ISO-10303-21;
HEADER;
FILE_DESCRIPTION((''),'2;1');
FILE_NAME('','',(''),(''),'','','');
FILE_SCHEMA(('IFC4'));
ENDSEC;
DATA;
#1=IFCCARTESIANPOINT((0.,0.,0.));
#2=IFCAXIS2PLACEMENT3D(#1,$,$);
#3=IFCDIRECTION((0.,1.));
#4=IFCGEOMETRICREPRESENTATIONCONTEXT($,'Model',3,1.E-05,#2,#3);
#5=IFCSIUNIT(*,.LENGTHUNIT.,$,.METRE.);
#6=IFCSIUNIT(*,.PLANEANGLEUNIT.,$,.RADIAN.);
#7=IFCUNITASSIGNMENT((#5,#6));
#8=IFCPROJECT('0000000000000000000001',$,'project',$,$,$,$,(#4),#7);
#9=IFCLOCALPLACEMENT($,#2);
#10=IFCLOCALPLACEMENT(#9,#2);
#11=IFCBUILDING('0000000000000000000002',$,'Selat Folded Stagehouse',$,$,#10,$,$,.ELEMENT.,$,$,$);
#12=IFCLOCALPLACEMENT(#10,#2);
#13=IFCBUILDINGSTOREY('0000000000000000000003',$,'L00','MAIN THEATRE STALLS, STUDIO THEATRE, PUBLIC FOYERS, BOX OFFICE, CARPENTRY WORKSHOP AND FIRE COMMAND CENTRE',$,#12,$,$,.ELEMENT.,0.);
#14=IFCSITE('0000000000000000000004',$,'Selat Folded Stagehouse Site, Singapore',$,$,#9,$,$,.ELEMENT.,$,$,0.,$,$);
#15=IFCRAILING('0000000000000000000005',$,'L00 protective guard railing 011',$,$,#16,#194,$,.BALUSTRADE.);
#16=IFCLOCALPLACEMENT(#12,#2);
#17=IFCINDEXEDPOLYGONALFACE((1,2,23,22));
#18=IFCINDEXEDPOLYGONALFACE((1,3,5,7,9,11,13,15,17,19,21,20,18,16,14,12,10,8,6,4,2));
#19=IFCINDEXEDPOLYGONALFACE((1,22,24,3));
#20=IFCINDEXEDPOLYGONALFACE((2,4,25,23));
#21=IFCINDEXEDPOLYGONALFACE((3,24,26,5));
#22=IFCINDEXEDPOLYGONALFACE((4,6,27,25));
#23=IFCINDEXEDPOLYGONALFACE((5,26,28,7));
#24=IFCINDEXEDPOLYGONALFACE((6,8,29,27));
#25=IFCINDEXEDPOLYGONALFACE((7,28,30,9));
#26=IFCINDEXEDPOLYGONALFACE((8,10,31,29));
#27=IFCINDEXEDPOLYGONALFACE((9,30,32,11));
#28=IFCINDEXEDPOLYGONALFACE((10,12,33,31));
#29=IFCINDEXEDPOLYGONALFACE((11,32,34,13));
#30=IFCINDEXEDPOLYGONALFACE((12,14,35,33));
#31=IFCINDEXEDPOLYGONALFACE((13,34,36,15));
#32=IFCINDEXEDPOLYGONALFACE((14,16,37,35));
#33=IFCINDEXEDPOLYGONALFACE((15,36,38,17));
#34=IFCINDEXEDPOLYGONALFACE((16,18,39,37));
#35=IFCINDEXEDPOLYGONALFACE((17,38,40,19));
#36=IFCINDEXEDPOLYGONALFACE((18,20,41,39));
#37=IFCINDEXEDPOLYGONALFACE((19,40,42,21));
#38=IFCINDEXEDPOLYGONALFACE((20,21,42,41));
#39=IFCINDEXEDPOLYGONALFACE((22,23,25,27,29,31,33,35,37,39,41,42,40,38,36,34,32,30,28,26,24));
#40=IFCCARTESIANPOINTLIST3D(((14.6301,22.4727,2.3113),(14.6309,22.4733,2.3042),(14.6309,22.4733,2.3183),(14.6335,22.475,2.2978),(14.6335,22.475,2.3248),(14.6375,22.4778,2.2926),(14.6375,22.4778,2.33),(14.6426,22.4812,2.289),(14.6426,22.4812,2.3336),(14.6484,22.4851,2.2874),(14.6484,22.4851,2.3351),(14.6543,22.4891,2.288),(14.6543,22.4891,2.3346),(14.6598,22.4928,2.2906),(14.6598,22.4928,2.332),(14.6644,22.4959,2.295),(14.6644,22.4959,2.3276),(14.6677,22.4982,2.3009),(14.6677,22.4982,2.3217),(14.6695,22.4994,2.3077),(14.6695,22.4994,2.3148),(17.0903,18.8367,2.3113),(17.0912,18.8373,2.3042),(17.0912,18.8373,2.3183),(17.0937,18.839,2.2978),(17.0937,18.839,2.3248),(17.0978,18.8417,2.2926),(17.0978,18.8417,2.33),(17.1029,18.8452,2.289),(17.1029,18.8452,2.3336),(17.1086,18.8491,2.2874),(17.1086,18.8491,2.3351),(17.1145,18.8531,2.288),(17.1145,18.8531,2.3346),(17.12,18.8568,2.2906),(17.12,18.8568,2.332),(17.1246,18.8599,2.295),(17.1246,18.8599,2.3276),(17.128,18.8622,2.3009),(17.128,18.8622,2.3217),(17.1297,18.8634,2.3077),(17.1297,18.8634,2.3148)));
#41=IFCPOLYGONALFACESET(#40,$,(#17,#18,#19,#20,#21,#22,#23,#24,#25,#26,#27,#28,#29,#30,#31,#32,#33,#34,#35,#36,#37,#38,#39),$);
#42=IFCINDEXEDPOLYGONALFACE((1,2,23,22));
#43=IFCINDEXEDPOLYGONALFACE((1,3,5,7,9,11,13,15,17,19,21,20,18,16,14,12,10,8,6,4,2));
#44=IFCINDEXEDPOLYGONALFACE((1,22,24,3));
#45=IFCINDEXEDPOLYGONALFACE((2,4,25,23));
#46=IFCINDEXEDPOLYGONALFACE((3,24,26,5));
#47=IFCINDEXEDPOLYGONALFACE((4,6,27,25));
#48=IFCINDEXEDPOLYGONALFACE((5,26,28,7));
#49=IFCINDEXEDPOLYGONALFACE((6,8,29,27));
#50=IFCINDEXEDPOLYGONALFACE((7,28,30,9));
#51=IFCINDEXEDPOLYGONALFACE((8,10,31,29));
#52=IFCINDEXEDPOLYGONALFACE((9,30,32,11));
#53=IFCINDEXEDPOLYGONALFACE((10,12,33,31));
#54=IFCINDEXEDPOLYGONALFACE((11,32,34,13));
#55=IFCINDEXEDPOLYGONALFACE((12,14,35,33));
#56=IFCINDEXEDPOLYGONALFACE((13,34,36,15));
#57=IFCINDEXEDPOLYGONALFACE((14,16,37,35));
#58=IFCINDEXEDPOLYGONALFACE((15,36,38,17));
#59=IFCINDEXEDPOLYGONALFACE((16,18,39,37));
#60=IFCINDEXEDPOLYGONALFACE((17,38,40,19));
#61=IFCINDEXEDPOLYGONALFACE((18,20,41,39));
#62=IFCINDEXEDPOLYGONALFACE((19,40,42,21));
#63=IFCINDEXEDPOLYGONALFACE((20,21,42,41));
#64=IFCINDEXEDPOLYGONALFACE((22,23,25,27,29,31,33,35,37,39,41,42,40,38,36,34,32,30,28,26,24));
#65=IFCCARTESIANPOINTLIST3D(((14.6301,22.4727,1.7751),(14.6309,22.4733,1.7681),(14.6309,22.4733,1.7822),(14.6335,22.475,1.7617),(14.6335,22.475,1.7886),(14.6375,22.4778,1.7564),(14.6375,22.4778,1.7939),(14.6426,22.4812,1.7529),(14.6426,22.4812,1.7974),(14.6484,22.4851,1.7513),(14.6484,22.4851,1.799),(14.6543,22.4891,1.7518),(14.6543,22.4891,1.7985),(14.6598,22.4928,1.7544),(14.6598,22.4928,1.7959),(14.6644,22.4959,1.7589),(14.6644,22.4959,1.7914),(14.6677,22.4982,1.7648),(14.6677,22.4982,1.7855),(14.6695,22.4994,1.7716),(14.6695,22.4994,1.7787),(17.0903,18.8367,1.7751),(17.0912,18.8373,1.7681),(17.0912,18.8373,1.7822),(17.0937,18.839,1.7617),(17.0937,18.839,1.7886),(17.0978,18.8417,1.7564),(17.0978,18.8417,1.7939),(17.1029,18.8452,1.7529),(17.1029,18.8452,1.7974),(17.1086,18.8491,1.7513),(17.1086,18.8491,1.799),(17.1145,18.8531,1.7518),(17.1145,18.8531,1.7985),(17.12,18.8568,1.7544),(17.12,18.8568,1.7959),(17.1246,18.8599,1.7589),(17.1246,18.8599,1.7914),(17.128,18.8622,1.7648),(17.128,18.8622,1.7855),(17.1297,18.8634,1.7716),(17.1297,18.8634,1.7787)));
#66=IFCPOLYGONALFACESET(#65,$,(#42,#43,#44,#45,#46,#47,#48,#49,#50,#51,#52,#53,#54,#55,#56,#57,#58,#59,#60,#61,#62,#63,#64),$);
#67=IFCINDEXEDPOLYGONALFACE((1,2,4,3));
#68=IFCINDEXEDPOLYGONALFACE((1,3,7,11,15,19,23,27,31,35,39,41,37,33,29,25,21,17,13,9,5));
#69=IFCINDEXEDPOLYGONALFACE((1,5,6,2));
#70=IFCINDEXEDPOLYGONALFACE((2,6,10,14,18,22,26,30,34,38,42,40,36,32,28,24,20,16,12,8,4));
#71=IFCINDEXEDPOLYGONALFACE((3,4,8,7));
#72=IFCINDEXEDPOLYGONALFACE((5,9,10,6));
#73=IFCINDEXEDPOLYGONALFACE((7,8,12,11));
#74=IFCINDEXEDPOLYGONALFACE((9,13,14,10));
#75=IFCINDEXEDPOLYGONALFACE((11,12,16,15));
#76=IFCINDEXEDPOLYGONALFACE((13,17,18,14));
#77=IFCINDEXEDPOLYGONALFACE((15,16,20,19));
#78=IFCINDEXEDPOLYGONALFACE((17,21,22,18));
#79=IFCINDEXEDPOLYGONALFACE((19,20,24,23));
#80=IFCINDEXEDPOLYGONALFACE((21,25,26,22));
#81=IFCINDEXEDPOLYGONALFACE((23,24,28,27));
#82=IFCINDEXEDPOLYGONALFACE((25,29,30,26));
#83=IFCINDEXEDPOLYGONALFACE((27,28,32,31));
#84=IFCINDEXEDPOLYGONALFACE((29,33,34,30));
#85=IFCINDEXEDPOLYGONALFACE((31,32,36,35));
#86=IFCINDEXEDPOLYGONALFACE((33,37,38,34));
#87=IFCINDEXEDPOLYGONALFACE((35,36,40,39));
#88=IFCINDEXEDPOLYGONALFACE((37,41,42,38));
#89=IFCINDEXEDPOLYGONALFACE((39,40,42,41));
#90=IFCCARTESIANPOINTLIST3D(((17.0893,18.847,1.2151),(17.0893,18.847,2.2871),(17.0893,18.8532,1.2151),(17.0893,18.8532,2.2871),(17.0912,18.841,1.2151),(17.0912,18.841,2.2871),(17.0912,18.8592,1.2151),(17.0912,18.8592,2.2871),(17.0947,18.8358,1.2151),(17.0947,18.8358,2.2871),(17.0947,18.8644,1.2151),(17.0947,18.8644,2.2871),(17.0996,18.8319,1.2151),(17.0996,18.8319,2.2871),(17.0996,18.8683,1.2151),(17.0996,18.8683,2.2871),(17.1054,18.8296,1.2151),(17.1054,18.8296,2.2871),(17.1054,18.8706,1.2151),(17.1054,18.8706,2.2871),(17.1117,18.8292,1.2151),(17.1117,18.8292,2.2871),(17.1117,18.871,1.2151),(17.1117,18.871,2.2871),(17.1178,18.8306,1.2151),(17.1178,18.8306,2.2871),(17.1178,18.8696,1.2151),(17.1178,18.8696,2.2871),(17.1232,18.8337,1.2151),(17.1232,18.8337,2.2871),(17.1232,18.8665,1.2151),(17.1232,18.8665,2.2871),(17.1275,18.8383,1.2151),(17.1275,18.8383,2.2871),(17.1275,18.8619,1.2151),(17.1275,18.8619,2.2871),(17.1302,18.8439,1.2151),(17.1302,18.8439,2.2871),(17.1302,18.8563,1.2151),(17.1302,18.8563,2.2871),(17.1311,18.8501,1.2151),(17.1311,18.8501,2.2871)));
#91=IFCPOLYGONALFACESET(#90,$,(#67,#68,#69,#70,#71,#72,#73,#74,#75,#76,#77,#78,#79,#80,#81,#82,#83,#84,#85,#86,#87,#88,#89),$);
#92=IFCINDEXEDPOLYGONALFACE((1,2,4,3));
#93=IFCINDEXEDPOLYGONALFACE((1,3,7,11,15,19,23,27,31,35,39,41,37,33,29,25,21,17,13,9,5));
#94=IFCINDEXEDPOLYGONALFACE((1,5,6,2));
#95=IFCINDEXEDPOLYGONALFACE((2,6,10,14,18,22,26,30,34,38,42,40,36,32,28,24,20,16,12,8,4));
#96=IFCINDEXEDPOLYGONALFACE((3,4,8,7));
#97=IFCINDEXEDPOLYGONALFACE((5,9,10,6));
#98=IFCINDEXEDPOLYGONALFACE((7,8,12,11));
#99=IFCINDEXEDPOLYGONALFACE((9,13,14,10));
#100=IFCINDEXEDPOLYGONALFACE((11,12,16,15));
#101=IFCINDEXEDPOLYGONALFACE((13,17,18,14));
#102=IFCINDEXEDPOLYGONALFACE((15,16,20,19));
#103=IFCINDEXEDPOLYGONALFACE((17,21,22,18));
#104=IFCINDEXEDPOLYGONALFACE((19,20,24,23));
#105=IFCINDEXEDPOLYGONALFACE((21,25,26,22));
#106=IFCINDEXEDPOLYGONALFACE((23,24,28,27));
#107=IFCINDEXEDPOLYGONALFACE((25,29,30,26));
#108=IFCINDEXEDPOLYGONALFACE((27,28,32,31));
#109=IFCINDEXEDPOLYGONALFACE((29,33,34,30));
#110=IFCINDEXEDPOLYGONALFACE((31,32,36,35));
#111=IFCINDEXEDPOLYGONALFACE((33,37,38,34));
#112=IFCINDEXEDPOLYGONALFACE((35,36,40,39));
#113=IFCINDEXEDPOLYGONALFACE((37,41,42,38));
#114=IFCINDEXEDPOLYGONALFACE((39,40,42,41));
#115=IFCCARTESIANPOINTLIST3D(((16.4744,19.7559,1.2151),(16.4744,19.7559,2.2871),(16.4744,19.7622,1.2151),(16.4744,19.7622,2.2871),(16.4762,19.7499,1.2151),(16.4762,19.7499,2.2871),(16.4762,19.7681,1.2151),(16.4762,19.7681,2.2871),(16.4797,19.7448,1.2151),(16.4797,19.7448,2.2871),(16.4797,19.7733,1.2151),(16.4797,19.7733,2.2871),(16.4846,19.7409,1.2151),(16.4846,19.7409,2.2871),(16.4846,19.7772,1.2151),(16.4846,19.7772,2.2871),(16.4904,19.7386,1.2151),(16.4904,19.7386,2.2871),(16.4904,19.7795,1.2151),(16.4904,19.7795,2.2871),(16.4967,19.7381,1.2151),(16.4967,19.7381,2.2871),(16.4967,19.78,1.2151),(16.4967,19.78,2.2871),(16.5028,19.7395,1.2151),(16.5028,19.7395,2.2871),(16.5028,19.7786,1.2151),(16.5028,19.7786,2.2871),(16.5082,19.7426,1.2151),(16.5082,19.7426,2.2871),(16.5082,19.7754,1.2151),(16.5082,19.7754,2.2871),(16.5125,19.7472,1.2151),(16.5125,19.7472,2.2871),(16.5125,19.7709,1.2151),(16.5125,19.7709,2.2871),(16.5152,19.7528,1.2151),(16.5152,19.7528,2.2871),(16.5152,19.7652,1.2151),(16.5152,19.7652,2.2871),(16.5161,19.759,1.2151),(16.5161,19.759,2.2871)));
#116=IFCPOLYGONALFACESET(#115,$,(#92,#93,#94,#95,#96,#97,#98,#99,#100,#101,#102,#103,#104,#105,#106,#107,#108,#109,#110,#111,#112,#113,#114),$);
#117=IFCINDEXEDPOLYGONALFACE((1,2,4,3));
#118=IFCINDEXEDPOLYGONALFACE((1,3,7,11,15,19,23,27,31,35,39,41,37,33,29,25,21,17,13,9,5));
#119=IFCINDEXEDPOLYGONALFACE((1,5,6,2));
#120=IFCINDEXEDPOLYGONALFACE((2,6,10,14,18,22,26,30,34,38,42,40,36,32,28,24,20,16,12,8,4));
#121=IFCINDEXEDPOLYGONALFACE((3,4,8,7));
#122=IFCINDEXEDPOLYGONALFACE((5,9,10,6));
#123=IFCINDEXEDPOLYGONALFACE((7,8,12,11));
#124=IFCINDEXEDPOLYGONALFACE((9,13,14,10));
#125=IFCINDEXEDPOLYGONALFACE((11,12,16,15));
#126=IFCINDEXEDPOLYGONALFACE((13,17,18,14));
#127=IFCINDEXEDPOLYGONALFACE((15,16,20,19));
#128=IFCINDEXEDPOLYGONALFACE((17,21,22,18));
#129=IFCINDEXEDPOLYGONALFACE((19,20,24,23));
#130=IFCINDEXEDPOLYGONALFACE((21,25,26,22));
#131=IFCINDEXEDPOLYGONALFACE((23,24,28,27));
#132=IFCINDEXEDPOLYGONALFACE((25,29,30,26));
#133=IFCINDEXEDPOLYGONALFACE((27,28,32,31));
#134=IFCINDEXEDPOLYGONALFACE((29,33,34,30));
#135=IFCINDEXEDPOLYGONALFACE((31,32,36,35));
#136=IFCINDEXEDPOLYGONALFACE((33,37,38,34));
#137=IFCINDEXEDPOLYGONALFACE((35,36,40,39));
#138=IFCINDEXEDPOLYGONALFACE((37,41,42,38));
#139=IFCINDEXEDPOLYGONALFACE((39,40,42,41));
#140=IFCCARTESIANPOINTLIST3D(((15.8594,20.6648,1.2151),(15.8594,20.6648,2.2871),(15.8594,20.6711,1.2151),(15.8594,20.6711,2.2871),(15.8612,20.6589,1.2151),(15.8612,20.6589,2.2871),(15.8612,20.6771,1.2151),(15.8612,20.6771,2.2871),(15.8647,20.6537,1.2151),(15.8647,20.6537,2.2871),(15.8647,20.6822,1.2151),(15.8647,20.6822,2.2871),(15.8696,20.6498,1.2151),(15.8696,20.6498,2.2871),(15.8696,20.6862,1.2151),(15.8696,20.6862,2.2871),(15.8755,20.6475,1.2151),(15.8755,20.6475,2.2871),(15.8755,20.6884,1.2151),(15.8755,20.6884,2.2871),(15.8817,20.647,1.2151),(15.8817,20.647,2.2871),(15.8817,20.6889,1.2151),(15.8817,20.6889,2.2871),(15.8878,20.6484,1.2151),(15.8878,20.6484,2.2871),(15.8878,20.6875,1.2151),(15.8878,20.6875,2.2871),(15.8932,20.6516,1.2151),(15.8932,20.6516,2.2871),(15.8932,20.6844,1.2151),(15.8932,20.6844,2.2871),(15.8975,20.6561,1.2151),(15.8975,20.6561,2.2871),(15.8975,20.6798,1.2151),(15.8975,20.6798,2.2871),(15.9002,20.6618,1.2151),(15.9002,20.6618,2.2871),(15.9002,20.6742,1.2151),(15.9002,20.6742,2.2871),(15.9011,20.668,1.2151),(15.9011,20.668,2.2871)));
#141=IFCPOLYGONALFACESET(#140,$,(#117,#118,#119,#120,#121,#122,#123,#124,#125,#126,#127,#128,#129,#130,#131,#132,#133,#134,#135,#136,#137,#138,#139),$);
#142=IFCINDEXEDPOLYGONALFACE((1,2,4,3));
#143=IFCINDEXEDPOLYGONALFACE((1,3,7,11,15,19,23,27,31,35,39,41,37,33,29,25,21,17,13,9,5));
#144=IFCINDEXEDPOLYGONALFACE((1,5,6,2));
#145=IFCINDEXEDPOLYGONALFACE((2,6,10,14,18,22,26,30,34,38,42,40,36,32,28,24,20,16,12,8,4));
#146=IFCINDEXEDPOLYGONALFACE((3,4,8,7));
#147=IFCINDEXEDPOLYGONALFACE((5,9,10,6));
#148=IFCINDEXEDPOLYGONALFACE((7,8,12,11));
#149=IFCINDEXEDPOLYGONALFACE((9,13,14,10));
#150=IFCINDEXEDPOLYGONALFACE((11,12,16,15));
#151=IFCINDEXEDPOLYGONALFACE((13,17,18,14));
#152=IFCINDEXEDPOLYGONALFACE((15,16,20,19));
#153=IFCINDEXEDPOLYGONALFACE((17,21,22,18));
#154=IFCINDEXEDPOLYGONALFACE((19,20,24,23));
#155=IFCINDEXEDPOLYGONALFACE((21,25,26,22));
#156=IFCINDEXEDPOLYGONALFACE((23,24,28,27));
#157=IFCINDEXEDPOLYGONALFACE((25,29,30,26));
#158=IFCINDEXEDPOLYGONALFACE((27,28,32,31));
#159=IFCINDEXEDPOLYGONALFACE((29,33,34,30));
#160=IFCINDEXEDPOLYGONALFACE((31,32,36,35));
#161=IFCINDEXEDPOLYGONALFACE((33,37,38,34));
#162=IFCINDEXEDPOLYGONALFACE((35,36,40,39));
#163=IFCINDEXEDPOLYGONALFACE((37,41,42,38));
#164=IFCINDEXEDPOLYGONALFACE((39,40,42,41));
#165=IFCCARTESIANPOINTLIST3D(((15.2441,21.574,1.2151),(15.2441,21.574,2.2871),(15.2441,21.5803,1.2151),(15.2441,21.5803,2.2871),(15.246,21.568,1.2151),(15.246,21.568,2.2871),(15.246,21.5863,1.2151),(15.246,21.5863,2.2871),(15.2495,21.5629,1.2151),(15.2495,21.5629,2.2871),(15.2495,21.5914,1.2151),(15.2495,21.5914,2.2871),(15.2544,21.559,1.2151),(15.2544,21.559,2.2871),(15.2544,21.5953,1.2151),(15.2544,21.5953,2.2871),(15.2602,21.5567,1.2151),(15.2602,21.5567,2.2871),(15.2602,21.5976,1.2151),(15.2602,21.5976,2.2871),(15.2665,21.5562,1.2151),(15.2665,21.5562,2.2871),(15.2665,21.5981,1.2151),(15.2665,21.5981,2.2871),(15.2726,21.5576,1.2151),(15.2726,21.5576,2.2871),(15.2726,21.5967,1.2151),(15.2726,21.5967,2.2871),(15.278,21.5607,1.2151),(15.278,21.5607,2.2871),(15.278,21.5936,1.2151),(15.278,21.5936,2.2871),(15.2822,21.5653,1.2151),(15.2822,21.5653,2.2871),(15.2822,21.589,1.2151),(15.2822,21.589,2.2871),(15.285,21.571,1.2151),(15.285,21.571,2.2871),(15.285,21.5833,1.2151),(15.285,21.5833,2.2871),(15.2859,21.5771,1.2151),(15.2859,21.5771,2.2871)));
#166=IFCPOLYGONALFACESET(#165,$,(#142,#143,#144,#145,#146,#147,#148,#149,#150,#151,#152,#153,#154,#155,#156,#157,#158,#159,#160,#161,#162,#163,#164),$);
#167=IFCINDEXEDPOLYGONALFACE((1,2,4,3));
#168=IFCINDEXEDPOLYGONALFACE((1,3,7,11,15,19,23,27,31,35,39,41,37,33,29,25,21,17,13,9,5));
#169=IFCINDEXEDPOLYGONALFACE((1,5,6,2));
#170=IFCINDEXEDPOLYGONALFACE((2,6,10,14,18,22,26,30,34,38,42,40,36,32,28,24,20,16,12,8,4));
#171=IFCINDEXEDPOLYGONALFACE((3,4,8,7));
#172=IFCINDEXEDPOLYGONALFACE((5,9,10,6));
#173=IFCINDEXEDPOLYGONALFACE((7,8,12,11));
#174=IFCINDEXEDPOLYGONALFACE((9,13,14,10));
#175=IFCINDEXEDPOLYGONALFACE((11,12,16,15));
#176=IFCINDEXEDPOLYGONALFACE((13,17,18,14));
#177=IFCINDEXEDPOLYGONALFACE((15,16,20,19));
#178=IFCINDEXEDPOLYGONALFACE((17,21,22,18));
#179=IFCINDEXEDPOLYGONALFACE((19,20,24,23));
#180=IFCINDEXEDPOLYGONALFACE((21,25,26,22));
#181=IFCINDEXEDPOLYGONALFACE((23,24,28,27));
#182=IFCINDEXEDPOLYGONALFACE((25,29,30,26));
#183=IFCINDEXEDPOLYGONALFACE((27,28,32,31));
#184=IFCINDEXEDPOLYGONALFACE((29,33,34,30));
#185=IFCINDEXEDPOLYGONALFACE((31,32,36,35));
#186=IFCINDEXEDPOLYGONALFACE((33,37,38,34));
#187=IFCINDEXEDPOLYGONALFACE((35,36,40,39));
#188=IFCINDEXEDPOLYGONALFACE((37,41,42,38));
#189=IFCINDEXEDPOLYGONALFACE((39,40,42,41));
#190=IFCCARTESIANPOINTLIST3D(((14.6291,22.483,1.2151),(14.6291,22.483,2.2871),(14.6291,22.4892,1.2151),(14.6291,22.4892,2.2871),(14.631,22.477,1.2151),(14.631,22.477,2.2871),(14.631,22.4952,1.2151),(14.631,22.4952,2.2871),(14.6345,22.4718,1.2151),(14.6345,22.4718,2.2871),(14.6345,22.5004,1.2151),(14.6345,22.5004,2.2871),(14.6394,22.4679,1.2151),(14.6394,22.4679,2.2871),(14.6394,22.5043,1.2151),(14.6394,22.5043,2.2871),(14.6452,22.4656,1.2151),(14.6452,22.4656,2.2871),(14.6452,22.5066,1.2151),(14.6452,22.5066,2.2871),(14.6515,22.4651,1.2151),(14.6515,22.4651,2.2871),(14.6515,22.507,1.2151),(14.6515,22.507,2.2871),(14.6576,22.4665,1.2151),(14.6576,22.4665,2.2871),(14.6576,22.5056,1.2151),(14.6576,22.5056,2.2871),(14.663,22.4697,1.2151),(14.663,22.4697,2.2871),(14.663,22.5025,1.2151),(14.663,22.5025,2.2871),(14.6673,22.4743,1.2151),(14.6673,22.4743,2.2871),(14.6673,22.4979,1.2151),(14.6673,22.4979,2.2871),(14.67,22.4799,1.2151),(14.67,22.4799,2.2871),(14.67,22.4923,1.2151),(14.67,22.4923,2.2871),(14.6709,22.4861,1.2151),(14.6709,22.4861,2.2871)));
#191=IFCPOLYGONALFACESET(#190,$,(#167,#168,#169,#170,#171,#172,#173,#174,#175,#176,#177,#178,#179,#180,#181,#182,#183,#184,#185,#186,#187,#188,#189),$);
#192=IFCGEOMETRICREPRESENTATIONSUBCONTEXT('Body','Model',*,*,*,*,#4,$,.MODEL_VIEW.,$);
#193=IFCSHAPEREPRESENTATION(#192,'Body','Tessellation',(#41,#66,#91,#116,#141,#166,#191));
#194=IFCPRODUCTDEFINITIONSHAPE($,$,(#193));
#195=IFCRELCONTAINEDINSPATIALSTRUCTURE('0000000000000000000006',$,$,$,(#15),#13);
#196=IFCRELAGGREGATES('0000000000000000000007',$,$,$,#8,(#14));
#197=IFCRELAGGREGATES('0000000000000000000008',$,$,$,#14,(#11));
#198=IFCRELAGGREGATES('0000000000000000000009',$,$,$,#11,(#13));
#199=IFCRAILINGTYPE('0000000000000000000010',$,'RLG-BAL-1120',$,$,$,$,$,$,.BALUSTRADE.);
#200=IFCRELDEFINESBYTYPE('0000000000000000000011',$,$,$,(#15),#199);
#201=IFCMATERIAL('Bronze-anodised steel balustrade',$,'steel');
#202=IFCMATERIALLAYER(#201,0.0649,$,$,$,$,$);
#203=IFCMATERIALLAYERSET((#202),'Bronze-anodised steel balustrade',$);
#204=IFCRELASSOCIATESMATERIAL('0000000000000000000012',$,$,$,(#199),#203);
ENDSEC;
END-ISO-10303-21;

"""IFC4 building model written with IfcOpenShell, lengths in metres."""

from ifc_helpers import new_model, si_unit, direction, frame, origin, origin_2d, place, context, subcontext, project, spatial, circle, extrude, material, layer, layer_set, type_object, element, save


model = new_model("IFC4")

# Units and contexts
model_context = context("Model", 3, precision=1e-05, world=origin(), true_north=direction((0.0, 1.0)))
body_context = subcontext(model_context, "Body", "Model", "MODEL_VIEW")
ifc_project = project(units=[si_unit("LENGTHUNIT", "METRE"), si_unit("PLANEANGLEUNIT", "RADIAN")], contexts=[model_context])

# Site, building, storey
site_placement = place(None, origin())
site = spatial("IfcSite", under=ifc_project, at=site_placement, Name="Selat Folded Stagehouse Site, Singapore", CompositionType="ELEMENT", RefElevation=0.0)
building_placement = place(site_placement, origin())
building = spatial("IfcBuilding", under=site, at=building_placement, Name="Selat Folded Stagehouse", CompositionType="ELEMENT")
storey_placement = place(building_placement, origin())
storey = spatial("IfcBuildingStorey", under=building, at=storey_placement, Name="L00", Description="MAIN THEATRE STALLS, STUDIO THEATRE, PUBLIC FOYERS, BOX OFFICE, CARPENTRY WORKSHOP AND FIRE COMMAND CENTRE", CompositionType="ELEMENT", Elevation=0.0)

# Railing
ifc_material_1 = material(Name="Bronze-anodised steel balustrade", Category="steel")
ifc_layer_1 = layer(ifc_material_1, 0.0649)
ifc_layer_set_1 = layer_set([ifc_layer_1], Name="Bronze-anodised steel balustrade")
railing_type_1 = type_object("IfcRailingType", Name="RLG-BAL-1120", PredefinedType="BALUSTRADE", material=ifc_layer_set_1)
railing_1_placement = place(storey_placement, frame((17.1101, 18.8501, 1.2151)))
element("IfcRailing", 1, at=railing_1_placement, inside=storey, type_object=railing_type_1, Name="L00 protective guard railing 011", PredefinedType="BALUSTRADE", context=body_context, shape_type="SweptSolid", body=[
    extrude(circle(Radius=0.0239, at=origin_2d()), frame((0.0, 0.0, 1.0962), z_axis=(-0.560398, 0.828223, 0.0), x_axis=(-0.828223, -0.560398, 0.0)), (0.0, 0.0, 1.0), 4.3901),
    extrude(circle(Radius=0.0239, at=origin_2d()), frame((0.0, 0.0, 0.5601), z_axis=(-0.560398, 0.828223, 0.0), x_axis=(-0.828223, -0.560398, 0.0)), (0.0, 0.0, 1.0), 4.3901),
    extrude(circle(Radius=0.021, at=origin_2d()), origin(), (0.0, 0.0, 1.0), 1.072),
    extrude(circle(Radius=0.021, at=origin_2d()), frame((-0.615, 0.9089, 0.0)), (0.0, 0.0, 1.0), 1.072),
    extrude(circle(Radius=0.021, at=origin_2d()), frame((-1.23, 1.8179, 0.0)), (0.0, 0.0, 1.0), 1.072),
    extrude(circle(Radius=0.021, at=origin_2d()), frame((-1.8452, 2.7271, 0.0)), (0.0, 0.0, 1.0), 1.072),
    extrude(circle(Radius=0.021, at=origin_2d()), frame((-2.4602, 3.636, 0.0)), (0.0, 0.0, 1.0), 1.072),
])

save(model, "model.ifc")
